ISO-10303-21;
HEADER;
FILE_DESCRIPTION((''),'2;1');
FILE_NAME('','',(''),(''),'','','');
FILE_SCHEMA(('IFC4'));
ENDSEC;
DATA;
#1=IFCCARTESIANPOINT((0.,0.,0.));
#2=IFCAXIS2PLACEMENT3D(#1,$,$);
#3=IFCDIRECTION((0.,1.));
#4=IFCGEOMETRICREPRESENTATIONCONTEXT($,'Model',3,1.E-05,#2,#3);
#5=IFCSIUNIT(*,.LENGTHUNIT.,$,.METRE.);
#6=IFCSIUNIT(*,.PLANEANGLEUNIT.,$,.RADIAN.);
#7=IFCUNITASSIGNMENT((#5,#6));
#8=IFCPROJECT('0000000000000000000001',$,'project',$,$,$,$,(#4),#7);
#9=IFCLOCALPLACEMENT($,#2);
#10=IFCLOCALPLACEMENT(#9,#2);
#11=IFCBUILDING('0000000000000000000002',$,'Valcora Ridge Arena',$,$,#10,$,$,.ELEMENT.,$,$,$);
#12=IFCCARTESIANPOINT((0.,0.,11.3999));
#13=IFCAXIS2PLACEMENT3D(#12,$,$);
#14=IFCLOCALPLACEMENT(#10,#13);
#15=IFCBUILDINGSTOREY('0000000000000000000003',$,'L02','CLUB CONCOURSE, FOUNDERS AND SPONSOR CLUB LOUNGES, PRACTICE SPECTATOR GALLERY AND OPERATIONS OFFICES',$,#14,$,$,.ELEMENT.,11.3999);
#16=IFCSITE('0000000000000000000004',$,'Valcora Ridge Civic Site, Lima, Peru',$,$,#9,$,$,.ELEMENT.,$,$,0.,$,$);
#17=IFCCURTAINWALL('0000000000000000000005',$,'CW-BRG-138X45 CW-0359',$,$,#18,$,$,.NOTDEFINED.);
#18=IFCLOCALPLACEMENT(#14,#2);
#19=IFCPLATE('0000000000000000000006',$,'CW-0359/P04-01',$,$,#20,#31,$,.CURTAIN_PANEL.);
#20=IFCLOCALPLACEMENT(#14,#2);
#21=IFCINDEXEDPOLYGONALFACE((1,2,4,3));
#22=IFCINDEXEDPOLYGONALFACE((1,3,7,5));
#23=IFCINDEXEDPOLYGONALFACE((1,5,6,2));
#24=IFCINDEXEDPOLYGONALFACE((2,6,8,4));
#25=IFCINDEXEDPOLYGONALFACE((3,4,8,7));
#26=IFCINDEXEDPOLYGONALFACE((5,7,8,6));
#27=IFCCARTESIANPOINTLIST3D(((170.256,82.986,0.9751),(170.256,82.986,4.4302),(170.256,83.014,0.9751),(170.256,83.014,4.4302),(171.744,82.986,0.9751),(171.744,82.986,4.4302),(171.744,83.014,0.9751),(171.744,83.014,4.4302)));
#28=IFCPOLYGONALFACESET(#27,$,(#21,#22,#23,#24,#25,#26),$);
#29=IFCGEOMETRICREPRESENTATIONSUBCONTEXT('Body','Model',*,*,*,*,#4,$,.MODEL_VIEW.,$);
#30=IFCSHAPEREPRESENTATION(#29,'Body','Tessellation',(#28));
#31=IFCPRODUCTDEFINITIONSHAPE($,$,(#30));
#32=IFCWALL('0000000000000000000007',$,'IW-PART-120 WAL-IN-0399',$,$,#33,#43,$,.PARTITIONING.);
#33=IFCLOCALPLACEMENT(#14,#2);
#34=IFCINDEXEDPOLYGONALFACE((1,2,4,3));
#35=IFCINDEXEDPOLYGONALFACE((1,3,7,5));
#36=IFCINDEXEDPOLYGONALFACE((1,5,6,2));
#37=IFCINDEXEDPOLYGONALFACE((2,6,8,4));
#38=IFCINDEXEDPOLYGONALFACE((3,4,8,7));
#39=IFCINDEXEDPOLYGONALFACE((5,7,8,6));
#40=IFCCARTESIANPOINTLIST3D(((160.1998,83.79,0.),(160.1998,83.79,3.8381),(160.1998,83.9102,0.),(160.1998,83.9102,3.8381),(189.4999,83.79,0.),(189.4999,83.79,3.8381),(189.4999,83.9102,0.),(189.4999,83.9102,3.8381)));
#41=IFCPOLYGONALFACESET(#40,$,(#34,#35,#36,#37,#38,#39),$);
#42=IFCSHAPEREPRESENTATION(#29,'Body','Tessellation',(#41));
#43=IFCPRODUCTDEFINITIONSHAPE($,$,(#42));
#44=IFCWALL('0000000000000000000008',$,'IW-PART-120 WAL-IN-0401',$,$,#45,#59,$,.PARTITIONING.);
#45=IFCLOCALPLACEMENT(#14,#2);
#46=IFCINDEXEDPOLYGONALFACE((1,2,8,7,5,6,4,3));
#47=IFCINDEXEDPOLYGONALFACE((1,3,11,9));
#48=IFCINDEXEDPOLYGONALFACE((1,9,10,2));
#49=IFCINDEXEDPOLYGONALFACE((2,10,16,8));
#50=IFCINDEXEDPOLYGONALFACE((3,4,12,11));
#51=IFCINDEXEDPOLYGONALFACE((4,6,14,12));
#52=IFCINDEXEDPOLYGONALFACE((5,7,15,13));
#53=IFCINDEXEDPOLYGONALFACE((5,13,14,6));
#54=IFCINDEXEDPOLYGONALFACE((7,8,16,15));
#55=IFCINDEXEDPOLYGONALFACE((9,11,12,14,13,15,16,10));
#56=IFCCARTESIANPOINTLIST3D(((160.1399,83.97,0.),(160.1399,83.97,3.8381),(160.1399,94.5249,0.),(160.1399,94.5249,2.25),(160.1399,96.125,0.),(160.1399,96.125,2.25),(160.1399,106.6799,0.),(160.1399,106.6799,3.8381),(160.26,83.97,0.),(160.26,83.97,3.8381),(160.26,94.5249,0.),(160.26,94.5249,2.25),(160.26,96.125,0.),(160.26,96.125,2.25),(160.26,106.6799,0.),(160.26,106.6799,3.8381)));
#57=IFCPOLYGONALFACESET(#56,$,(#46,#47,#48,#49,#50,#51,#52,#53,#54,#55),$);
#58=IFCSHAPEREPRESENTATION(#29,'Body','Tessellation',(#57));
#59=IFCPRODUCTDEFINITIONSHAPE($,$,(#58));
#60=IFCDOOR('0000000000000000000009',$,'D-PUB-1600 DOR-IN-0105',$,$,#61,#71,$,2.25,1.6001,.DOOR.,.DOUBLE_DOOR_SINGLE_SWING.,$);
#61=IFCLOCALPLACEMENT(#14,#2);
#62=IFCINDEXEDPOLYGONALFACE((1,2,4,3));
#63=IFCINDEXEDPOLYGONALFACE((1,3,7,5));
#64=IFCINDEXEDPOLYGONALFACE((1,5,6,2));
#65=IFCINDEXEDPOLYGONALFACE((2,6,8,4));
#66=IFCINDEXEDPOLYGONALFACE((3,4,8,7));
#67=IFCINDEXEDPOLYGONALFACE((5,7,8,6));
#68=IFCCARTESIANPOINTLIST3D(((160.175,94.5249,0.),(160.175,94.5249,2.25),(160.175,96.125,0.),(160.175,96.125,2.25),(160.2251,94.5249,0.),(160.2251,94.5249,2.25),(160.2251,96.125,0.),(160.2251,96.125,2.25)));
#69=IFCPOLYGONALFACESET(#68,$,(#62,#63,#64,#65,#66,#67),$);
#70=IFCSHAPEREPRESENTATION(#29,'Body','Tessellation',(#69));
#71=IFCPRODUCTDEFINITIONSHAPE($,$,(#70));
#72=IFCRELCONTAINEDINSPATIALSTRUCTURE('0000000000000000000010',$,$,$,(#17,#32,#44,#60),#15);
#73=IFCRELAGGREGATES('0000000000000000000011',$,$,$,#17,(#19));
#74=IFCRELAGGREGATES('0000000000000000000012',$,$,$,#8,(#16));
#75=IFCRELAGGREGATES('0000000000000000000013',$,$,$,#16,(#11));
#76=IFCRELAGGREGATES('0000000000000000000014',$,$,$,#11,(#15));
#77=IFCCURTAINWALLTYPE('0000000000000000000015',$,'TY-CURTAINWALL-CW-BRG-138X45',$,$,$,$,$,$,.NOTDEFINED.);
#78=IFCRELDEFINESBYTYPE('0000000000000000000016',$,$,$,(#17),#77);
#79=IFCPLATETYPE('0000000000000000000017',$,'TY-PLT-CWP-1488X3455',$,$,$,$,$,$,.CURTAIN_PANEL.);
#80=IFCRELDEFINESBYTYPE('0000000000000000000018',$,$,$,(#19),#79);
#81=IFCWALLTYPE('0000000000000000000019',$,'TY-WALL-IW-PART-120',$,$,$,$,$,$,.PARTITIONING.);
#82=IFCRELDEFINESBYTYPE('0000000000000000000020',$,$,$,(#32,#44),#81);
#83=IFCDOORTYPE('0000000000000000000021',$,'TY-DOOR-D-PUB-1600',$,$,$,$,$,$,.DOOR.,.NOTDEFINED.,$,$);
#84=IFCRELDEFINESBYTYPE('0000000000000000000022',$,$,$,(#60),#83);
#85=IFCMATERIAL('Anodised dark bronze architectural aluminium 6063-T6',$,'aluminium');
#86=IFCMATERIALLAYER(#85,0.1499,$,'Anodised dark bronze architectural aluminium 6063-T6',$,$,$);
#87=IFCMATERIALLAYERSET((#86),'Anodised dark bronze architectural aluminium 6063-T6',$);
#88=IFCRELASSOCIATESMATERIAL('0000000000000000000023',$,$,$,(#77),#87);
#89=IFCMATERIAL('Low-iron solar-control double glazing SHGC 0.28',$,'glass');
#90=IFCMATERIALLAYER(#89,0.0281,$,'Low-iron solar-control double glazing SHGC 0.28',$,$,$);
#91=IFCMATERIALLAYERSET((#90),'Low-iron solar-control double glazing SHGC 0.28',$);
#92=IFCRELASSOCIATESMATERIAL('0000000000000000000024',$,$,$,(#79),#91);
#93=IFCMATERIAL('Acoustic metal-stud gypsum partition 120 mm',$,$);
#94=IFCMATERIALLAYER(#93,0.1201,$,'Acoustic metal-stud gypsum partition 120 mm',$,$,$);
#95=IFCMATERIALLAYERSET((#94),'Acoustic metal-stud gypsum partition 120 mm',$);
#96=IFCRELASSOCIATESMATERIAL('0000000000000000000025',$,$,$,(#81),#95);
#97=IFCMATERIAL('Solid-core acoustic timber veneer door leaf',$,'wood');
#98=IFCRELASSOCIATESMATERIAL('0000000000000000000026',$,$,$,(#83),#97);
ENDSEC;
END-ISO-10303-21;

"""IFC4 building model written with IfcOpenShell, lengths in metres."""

from ifc_helpers import new_model, si_unit, direction, frame, frame_2d, origin, origin_2d, place, context, subcontext, project, spatial, rectangle, extrude, material, layer, layer_set, type_object, element, fill, aggregate, save


model = new_model("IFC4")

# Units and contexts
model_context = context("Model", 3, precision=1e-05, world=origin(), true_north=direction((0.0, 1.0)))
body_context = subcontext(model_context, "Body", "Model", "MODEL_VIEW")
ifc_project = project(units=[si_unit("LENGTHUNIT", "METRE"), si_unit("PLANEANGLEUNIT", "RADIAN")], contexts=[model_context])

# Site, building, storey
site_placement = place(None, origin())
site = spatial("IfcSite", under=ifc_project, at=site_placement, Name="Valcora Ridge Civic Site, Lima, Peru", CompositionType="ELEMENT", RefElevation=0.0)
building_placement = place(site_placement, origin())
building = spatial("IfcBuilding", under=site, at=building_placement, Name="Valcora Ridge Arena", CompositionType="ELEMENT")
storey_placement = place(building_placement, frame((0.0, 0.0, 11.3999)))
storey = spatial("IfcBuildingStorey", under=building, at=storey_placement, Name="L02", Description="CLUB CONCOURSE, FOUNDERS AND SPONSOR CLUB LOUNGES, PRACTICE SPECTATOR GALLERY AND OPERATIONS OFFICES", CompositionType="ELEMENT", Elevation=11.3999)

# Curtain wall, plate
ifc_material_1 = material(Name="Anodised dark bronze architectural aluminium 6063-T6", Category="aluminium")
ifc_layer_1 = layer(ifc_material_1, 0.1499, Name="Anodised dark bronze architectural aluminium 6063-T6")
ifc_layer_set_1 = layer_set([ifc_layer_1], Name="Anodised dark bronze architectural aluminium 6063-T6")
curtain_wall_type = type_object("IfcCurtainWallType", Name="TY-CURTAINWALL-CW-BRG-138X45", PredefinedType="NOTDEFINED", material=ifc_layer_set_1)
curtain_wall_placement = place(storey_placement, origin())
curtain_wall = element("IfcCurtainWall", 1, at=curtain_wall_placement, inside=storey, type_object=curtain_wall_type, Name="CW-BRG-138X45 CW-0359", PredefinedType="NOTDEFINED")
ifc_material_2 = material(Name="Low-iron solar-control double glazing SHGC 0.28", Category="glass")
ifc_layer_2 = layer(ifc_material_2, 0.0281, Name="Low-iron solar-control double glazing SHGC 0.28")
ifc_layer_set_2 = layer_set([ifc_layer_2], Name="Low-iron solar-control double glazing SHGC 0.28")
plate_type_1 = type_object("IfcPlateType", Name="TY-PLT-CWP-1488X3455", PredefinedType="CURTAIN_PANEL", material=ifc_layer_set_2)
plate_1_placement = place(storey_placement, frame((171.0, 83.0, 0.9751), z_axis=(0.0, 0.0, 1.0), x_axis=(1.0, 0.0, 0.0)))
plate_1 = element("IfcPlate", 2, at=plate_1_placement, type_object=plate_type_1, Name="CW-0359/P04-01", PredefinedType="CURTAIN_PANEL", context=body_context, shape_type="SweptSolid", body=[
    extrude(rectangle(XDim=1.488, YDim=0.0281, at=origin_2d()), origin(), (0.0, 0.0, 1.0), 3.4551),
])
aggregate(curtain_wall, [plate_1])

# Wall
ifc_material_3 = material(Name="Acoustic metal-stud gypsum partition 120 mm")
ifc_layer_3 = layer(ifc_material_3, 0.1201, Name="Acoustic metal-stud gypsum partition 120 mm")
ifc_layer_set_3 = layer_set([ifc_layer_3], Name="Acoustic metal-stud gypsum partition 120 mm")
wall_type = type_object("IfcWallType", Name="TY-WALL-IW-PART-120", PredefinedType="PARTITIONING", material=ifc_layer_set_3)
wall_1_placement = place(storey_placement, frame((160.2, 83.8501, 0.0), z_axis=(0.0, 0.0, 1.0), x_axis=(1.0, 0.0, 0.0)))
element("IfcWall", 3, at=wall_1_placement, inside=storey, type_object=wall_type, Name="IW-PART-120 WAL-IN-0399", PredefinedType="PARTITIONING", context=body_context, shape_type="SweptSolid", body=[
    extrude(rectangle(XDim=29.3, YDim=0.1201, at=frame_2d((14.6499, 0.0))), origin(), (0.0, 0.0, 1.0), 3.8381),
])

# Wall, opening, door
wall_2_placement = place(storey_placement, frame((160.2, 83.97, 0.0), z_axis=(0.0, 0.0, 1.0), x_axis=(0.0, 1.0, 0.0)))
wall_2 = element("IfcWall", 4, at=wall_2_placement, inside=storey, type_object=wall_type, Name="IW-PART-120 WAL-IN-0401", PredefinedType="PARTITIONING", context=body_context, shape_type="SweptSolid", body=[
    extrude(rectangle(XDim=22.71, YDim=0.1201, at=frame_2d((11.355, 0.0))), origin(), (0.0, 0.0, 1.0), 3.8381),
])
opening_placement = place(wall_2_placement, frame((10.5549, 0.0, 0.0)))
opening = element("IfcOpeningElement", 5, at=opening_placement, cuts=wall_2, PredefinedType="OPENING", context=body_context, shape_type="SweptSolid", body=[
    extrude(rectangle(XDim=1.6001, YDim=2.25, at=frame_2d((0.8, 1.125))), frame((0.0, 0.0701, 0.0), z_axis=(0.0, -1.0, 0.0), x_axis=(1.0, 0.0, 0.0)), (0.0, 0.0, 1.0), 0.1401),
])
ifc_material_4 = material(Name="Solid-core acoustic timber veneer door leaf", Category="wood")
door_type = type_object("IfcDoorType", Name="TY-DOOR-D-PUB-1600", OperationType="NOTDEFINED", PredefinedType="DOOR", material=ifc_material_4)
door_placement = place(opening_placement, origin())
door = element("IfcDoor", 6, at=door_placement, inside=storey, type_object=door_type, Name="D-PUB-1600 DOR-IN-0105", OperationType="DOUBLE_DOOR_SINGLE_SWING", OverallHeight=2.25, OverallWidth=1.6001, PredefinedType="DOOR", context=body_context, shape_type="SweptSolid", body=[
    extrude(rectangle(XDim=1.6001, YDim=2.25, at=frame_2d((0.8, 1.125))), frame((0.0, 0.0249, 0.0), z_axis=(0.0, -1.0, 0.0), x_axis=(1.0, 0.0, 0.0)), (0.0, 0.0, 1.0), 0.05),
])
fill(opening, door)

save(model, "model.ifc")
